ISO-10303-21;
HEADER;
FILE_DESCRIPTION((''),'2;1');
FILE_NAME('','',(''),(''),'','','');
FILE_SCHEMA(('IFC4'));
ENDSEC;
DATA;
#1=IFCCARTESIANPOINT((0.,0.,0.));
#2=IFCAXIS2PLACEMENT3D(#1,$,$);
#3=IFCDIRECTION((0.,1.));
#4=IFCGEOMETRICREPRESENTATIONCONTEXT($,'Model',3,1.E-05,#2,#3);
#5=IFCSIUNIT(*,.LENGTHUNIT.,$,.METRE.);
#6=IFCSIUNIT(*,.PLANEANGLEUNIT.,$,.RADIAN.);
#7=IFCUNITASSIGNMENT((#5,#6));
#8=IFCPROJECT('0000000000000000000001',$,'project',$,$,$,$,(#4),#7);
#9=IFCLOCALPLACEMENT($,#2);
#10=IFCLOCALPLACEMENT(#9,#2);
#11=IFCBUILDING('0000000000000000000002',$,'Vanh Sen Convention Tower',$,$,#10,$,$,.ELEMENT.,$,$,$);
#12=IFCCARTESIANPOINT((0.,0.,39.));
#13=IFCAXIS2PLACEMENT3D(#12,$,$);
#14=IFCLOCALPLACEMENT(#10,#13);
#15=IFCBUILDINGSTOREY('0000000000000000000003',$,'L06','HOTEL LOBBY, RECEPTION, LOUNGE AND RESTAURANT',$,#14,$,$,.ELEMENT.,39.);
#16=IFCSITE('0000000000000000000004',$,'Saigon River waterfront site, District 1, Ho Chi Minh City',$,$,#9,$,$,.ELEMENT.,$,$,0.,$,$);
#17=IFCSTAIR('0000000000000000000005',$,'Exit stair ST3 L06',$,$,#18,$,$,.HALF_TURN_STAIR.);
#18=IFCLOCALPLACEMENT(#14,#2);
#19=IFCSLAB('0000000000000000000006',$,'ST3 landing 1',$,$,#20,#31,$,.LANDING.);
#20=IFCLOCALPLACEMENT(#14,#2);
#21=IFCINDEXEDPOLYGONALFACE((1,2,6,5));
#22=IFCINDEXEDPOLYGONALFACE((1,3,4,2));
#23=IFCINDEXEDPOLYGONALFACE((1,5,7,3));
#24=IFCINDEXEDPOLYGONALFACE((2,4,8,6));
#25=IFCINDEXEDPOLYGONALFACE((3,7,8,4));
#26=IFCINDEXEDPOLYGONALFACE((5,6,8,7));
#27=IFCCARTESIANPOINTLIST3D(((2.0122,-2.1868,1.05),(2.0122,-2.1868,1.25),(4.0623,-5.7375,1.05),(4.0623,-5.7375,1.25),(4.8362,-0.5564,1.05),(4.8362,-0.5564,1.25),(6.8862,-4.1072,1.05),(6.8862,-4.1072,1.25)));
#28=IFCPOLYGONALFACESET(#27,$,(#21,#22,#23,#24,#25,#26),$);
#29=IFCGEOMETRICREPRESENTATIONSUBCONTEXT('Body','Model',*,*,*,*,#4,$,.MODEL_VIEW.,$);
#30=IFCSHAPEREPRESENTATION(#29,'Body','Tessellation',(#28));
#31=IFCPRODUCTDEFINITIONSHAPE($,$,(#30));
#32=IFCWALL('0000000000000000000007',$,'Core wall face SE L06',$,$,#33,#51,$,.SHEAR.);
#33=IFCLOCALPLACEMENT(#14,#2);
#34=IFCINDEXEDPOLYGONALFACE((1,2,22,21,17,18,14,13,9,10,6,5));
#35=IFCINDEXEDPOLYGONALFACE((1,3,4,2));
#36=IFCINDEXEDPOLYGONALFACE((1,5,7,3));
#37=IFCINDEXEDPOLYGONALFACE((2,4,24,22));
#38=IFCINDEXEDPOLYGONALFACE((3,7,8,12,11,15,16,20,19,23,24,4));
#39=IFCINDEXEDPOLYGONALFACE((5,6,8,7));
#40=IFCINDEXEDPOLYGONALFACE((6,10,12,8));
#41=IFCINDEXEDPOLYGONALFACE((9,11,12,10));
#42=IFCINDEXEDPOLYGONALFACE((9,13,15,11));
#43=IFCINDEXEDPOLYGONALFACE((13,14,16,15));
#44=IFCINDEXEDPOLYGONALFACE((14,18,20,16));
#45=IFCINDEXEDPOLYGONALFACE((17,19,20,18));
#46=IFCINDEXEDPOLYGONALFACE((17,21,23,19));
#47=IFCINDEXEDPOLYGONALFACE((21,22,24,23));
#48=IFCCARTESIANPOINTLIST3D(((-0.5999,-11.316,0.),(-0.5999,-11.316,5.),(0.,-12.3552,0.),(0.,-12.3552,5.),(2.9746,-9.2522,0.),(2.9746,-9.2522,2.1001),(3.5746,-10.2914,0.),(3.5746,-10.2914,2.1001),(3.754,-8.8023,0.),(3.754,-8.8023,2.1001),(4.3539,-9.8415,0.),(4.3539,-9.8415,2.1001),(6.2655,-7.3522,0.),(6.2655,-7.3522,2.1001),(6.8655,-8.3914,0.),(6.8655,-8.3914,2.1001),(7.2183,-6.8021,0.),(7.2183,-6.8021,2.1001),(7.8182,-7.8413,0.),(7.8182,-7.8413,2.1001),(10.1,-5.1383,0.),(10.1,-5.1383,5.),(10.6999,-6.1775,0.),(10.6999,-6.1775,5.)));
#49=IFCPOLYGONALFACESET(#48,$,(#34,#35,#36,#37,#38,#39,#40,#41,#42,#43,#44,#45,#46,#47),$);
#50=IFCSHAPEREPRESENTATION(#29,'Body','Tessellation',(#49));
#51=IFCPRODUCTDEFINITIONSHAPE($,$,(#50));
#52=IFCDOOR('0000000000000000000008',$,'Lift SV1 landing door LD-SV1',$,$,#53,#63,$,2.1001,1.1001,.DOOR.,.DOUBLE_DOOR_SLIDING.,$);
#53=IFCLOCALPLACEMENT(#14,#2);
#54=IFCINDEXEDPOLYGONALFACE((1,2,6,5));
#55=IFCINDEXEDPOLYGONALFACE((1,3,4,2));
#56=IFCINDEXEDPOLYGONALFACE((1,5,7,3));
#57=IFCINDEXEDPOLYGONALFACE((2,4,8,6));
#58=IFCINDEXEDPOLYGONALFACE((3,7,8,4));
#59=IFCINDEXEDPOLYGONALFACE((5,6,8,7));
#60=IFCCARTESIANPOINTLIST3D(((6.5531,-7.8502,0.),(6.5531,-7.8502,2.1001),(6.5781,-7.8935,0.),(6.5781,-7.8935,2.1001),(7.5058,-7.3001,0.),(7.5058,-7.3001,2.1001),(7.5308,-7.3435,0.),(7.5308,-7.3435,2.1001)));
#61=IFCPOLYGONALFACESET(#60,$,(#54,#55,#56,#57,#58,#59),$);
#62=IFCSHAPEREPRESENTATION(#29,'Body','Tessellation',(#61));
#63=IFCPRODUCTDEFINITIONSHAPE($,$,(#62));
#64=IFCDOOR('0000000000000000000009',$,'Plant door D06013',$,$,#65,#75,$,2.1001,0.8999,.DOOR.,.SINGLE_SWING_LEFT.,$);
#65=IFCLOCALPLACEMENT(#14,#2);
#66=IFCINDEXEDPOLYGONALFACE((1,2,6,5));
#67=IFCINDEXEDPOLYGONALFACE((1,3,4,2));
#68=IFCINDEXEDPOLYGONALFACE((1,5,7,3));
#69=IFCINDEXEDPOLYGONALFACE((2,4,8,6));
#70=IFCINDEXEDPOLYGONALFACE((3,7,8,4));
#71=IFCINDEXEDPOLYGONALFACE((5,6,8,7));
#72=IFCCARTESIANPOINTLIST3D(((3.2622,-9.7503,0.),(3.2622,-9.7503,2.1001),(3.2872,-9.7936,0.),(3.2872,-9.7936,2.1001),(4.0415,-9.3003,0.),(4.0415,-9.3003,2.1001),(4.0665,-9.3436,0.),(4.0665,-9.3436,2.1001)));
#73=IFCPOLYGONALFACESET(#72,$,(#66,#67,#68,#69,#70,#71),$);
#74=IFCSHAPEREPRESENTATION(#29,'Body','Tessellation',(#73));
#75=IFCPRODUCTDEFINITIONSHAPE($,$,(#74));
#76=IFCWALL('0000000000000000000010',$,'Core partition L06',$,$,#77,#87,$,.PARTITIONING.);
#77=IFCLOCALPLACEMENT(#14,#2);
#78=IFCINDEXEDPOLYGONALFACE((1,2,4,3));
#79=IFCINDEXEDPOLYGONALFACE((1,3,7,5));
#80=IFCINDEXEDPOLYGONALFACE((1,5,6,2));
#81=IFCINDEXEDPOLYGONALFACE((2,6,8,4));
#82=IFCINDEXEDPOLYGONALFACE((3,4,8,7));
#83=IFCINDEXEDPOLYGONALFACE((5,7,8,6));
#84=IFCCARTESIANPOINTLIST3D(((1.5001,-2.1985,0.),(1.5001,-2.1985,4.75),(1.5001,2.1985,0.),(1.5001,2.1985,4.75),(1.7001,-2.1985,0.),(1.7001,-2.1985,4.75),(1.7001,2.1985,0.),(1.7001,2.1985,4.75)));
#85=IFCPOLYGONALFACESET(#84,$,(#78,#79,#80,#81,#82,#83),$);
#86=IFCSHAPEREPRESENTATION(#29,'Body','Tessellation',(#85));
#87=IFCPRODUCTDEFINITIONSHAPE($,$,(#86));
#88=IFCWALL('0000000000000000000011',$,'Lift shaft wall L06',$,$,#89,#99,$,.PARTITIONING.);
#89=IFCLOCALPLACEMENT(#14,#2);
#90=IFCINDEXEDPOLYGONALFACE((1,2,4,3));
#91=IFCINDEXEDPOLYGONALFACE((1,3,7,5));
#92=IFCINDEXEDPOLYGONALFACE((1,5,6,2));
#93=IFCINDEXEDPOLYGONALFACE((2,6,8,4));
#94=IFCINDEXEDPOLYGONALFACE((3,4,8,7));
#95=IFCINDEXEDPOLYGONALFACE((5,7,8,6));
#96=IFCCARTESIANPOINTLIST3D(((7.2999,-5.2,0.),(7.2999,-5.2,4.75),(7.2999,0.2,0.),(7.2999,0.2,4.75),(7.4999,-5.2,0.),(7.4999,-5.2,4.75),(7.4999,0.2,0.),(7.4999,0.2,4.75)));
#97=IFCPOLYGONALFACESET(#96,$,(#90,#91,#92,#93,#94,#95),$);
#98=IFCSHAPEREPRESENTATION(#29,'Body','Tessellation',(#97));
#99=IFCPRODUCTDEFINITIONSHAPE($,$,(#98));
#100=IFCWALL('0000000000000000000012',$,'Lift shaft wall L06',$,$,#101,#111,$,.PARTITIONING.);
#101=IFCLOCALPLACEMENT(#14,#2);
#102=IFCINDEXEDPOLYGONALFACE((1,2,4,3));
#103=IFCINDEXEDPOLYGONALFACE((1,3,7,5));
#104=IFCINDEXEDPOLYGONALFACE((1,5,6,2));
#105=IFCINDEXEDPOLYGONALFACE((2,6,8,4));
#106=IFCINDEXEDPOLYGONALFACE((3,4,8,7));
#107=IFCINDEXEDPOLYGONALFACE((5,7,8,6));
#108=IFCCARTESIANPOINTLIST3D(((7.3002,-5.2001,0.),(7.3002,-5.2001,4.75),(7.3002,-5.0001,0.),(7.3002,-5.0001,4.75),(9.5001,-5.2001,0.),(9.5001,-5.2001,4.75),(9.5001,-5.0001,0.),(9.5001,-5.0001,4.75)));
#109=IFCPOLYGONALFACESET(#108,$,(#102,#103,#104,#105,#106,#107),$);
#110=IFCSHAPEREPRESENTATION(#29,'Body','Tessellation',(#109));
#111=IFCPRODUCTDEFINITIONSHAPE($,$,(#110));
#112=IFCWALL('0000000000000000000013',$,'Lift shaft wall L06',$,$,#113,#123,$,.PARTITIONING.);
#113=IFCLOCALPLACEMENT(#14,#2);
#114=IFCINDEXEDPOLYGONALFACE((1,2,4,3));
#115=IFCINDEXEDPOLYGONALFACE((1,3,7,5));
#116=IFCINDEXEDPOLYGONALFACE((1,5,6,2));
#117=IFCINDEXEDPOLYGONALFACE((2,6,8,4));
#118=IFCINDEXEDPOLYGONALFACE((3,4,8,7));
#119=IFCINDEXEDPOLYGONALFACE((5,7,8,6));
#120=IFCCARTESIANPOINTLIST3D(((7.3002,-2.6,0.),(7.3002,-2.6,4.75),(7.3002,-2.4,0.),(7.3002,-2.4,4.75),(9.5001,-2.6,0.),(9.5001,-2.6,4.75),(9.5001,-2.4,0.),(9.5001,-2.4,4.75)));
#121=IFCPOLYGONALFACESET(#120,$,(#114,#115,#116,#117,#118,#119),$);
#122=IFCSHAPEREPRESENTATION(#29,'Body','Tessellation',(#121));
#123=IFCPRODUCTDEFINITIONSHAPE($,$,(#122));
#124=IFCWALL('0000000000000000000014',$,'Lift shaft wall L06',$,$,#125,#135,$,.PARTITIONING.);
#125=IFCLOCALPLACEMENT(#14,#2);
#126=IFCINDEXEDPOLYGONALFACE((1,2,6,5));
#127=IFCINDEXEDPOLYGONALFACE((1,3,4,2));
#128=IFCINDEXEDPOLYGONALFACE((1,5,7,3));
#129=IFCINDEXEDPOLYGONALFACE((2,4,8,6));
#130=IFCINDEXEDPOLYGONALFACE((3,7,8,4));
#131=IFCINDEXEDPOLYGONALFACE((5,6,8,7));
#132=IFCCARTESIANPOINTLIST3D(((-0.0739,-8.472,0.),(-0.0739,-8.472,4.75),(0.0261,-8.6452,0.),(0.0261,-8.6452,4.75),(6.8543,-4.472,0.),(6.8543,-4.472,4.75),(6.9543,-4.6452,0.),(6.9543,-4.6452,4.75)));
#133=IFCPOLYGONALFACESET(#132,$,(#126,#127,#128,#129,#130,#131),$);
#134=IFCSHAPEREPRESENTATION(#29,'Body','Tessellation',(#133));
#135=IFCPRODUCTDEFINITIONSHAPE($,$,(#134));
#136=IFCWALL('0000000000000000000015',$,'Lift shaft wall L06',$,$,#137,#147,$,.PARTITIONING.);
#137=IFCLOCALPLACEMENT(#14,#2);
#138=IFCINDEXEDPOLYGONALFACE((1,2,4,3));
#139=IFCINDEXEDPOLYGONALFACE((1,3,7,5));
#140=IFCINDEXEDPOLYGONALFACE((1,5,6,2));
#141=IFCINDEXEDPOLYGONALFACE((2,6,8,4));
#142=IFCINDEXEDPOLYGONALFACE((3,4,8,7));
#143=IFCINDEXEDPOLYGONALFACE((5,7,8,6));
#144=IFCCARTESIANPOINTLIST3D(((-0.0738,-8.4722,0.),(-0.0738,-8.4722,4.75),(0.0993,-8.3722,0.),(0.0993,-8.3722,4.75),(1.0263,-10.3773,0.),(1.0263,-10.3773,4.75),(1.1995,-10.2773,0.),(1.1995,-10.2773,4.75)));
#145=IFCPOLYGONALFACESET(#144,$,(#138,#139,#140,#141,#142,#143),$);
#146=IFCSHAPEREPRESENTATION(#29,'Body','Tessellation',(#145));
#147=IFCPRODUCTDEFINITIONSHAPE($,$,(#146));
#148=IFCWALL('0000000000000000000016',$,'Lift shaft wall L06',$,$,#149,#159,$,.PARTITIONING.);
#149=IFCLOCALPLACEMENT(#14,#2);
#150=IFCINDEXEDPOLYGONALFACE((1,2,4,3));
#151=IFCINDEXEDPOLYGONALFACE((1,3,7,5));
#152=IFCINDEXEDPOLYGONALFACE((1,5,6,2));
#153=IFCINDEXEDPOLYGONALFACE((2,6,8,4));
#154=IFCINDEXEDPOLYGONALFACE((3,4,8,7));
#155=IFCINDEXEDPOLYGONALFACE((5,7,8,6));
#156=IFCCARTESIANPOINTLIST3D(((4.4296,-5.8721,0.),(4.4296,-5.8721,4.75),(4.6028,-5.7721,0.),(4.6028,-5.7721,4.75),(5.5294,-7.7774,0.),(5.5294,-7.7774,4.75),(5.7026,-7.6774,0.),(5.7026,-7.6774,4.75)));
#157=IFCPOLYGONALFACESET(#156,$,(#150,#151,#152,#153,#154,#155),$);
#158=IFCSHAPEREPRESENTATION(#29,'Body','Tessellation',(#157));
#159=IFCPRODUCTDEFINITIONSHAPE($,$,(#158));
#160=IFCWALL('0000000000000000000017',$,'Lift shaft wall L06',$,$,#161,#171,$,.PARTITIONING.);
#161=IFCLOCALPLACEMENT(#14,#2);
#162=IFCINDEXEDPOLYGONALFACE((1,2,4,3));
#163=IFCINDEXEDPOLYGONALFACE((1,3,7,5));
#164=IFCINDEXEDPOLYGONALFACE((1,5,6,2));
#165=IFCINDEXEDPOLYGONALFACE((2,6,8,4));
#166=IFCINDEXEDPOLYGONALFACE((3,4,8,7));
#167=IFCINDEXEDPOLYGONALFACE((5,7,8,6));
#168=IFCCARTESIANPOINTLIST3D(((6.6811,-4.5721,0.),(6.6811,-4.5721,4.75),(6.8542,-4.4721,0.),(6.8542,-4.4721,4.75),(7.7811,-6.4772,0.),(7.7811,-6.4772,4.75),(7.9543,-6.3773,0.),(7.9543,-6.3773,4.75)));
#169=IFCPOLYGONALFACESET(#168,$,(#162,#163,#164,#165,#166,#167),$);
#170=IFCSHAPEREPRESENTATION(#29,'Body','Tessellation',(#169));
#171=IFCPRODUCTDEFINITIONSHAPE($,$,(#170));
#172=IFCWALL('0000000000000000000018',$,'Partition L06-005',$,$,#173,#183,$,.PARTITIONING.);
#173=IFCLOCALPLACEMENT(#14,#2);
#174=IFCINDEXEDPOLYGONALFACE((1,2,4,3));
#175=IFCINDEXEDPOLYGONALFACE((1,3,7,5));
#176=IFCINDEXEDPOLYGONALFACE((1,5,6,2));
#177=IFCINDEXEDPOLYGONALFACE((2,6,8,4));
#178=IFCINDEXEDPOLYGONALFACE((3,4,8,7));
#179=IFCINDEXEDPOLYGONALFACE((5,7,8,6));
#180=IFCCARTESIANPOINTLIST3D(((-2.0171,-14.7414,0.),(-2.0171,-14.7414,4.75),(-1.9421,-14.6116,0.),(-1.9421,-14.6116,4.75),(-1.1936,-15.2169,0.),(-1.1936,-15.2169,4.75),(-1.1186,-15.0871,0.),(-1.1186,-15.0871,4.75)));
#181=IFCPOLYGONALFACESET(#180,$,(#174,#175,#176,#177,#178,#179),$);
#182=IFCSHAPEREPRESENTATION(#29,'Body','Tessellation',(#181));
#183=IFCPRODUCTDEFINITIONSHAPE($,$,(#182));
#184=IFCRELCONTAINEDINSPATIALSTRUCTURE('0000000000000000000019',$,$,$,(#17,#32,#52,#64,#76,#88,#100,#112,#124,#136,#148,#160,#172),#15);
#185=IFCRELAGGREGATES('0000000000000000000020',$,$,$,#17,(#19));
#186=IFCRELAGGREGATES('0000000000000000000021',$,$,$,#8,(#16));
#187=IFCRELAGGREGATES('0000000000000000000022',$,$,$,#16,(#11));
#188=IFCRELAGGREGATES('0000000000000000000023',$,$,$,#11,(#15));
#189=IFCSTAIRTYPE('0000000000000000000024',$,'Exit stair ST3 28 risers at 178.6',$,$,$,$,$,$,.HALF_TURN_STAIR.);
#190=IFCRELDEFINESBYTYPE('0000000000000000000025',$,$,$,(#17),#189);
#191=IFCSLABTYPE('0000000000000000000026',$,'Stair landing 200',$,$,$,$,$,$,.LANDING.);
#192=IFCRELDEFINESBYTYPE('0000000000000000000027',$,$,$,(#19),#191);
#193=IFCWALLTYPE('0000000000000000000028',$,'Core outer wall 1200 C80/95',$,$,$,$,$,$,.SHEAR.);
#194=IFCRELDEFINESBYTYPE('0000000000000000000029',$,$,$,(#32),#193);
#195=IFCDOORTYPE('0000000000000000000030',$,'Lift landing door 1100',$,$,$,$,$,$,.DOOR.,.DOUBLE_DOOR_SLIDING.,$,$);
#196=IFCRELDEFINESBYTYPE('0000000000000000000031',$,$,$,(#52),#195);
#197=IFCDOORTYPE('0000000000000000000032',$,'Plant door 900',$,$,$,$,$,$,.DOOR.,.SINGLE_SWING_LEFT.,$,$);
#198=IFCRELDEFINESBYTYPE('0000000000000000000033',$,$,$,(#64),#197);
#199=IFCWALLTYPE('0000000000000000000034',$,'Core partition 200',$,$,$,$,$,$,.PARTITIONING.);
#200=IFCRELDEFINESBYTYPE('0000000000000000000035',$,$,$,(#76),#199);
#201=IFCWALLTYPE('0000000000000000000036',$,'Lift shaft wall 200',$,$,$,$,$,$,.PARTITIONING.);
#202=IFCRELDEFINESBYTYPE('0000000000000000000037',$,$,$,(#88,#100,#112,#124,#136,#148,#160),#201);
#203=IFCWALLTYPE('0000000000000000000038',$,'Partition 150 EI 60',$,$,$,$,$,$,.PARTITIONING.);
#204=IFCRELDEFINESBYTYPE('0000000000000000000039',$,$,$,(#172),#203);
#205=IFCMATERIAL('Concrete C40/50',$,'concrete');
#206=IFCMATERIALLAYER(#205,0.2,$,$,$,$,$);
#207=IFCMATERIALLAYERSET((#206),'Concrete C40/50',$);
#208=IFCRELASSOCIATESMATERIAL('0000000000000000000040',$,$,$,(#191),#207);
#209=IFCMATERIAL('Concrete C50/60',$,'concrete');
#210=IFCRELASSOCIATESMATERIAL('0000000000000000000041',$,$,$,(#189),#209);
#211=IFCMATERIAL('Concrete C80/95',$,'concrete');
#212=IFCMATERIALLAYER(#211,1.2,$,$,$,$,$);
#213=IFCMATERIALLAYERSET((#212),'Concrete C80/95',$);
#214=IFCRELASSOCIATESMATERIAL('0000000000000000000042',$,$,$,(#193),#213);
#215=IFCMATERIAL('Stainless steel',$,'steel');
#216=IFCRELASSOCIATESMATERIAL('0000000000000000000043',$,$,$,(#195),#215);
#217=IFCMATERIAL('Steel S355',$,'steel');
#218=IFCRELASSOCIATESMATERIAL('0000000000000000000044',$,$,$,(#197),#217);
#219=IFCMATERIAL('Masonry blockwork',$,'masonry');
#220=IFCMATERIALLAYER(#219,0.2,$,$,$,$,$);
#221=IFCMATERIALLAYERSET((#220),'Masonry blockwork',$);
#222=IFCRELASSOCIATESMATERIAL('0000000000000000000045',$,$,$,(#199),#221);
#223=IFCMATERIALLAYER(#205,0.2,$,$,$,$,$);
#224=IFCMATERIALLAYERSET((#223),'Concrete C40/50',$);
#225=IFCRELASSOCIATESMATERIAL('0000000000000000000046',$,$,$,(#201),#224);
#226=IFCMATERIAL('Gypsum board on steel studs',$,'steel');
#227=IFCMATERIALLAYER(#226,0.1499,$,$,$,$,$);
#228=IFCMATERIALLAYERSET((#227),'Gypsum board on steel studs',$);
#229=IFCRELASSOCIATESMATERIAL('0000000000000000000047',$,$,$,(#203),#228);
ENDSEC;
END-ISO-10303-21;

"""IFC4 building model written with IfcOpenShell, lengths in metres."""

from ifc_helpers import new_model, si_unit, direction, frame, frame_2d, origin, place, context, subcontext, project, spatial, polyline, rectangle, outline, extrude, material, layer, layer_set, type_object, element, fill, aggregate, save


model = new_model("IFC4")

# Units and contexts
model_context = context("Model", 3, precision=1e-05, world=origin(), true_north=direction((0.0, 1.0)))
body_context = subcontext(model_context, "Body", "Model", "MODEL_VIEW")
ifc_project = project(units=[si_unit("LENGTHUNIT", "METRE"), si_unit("PLANEANGLEUNIT", "RADIAN")], contexts=[model_context])

# Site, building, storey
site_placement = place(None, origin())
site = spatial("IfcSite", under=ifc_project, at=site_placement, Name="Saigon River waterfront site, District 1, Ho Chi Minh City", CompositionType="ELEMENT", RefElevation=0.0)
building_placement = place(site_placement, origin())
building = spatial("IfcBuilding", under=site, at=building_placement, Name="Vanh Sen Convention Tower", CompositionType="ELEMENT")
storey_placement = place(building_placement, frame((0.0, 0.0, 39.0)))
storey = spatial("IfcBuildingStorey", under=building, at=storey_placement, Name="L06", Description="HOTEL LOBBY, RECEPTION, LOUNGE AND RESTAURANT", CompositionType="ELEMENT", Elevation=39.0)

# Shared definitions
ifc_material_1 = material(Name="Concrete C40/50", Category="concrete")

# Shared definitions
ifc_material_2 = material(Name="Concrete C50/60", Category="concrete")
ifc_layer_1 = layer(ifc_material_1, 0.2)
ifc_layer_set_1 = layer_set([ifc_layer_1], Name="Concrete C40/50")
slab_type_1 = type_object("IfcSlabType", Name="Stair landing 200", PredefinedType="LANDING", material=ifc_layer_set_1)

# Stair, slab
stair_type_1 = type_object("IfcStairType", Name="Exit stair ST3 28 risers at 178.6", PredefinedType="HALF_TURN_STAIR", material=ifc_material_2)
stair_1_placement = place(storey_placement, origin())
stair_1 = element("IfcStair", 1, at=stair_1_placement, inside=storey, type_object=stair_type_1, Name="Exit stair ST3 L06", PredefinedType="HALF_TURN_STAIR")
slab_1_placement = place(storey_placement, frame((0.0, 0.0, 1.05)))
slab_1 = element("IfcSlab", 2, at=slab_1_placement, type_object=slab_type_1, Name="ST3 landing 1", PredefinedType="LANDING", context=body_context, shape_type="SweptSolid", body=[
    extrude(outline(polyline([(4.0623, -5.7375), (6.8862, -4.1072), (4.8362, -0.5564), (2.0122, -2.1868), (4.0623, -5.7375)])), origin(), (0.0, 0.0, 1.0), 0.2),
])
aggregate(stair_1, [slab_1])

# Wall, openings, doors
ifc_material_3 = material(Name="Concrete C80/95", Category="concrete")
ifc_layer_2 = layer(ifc_material_3, 1.2)
ifc_layer_set_2 = layer_set([ifc_layer_2], Name="Concrete C80/95")
wall_type_1 = type_object("IfcWallType", Name="Core outer wall 1200 C80/95", PredefinedType="SHEAR", material=ifc_layer_set_2)
wall_1_placement = place(storey_placement, frame((-0.3, -11.8357, 0.0), z_axis=(0.0, 0.0, 1.0), x_axis=(0.866021, 0.500007, 0.0)))
wall_1 = element("IfcWall", 3, at=wall_1_placement, inside=storey, type_object=wall_type_1, Name="Core wall face SE L06", PredefinedType="SHEAR", context=body_context, shape_type="SweptSolid", body=[
    extrude(rectangle(XDim=12.3552, YDim=1.2, at=frame_2d((6.1777, 0.0))), origin(), (0.0, 0.0, 1.0), 5.0),
])
opening_1_placement = place(wall_1_placement, frame((4.1277, 0.0, 0.0)))
opening_1 = element("IfcOpeningElement", 4, at=opening_1_placement, cuts=wall_1, PredefinedType="OPENING", context=body_context, shape_type="SweptSolid", body=[
    extrude(rectangle(XDim=0.8999, YDim=2.1001, at=frame_2d((0.45, 1.05))), frame((0.0, 0.6099, 0.0), z_axis=(0.0, -1.0, 0.0), x_axis=(1.0, 0.0, 0.0)), (0.0, 0.0, 1.0), 1.22),
])
opening_2_placement = place(wall_1_placement, frame((7.9277, 0.0, 0.0)))
opening_2 = element("IfcOpeningElement", 5, at=opening_2_placement, cuts=wall_1, PredefinedType="OPENING", context=body_context, shape_type="SweptSolid", body=[
    extrude(rectangle(XDim=1.1001, YDim=2.1001, at=frame_2d((0.55, 1.05))), frame((0.0, 0.6099, 0.0), z_axis=(0.0, -1.0, 0.0), x_axis=(1.0, 0.0, 0.0)), (0.0, 0.0, 1.0), 1.22),
])
ifc_material_4 = material(Name="Stainless steel", Category="steel")
door_type_1 = type_object("IfcDoorType", Name="Lift landing door 1100", OperationType="DOUBLE_DOOR_SLIDING", PredefinedType="DOOR", material=ifc_material_4)
door_1_placement = place(opening_2_placement, origin())
door_1 = element("IfcDoor", 6, at=door_1_placement, inside=storey, type_object=door_type_1, Name="Lift SV1 landing door LD-SV1", OperationType="DOUBLE_DOOR_SLIDING", OverallHeight=2.1001, OverallWidth=1.1001, PredefinedType="DOOR", context=body_context, shape_type="SweptSolid", body=[
    extrude(rectangle(XDim=1.1001, YDim=2.1001, at=frame_2d((0.55, 1.05))), frame((0.0, 0.0249, 0.0), z_axis=(0.0, -1.0, 0.0), x_axis=(1.0, 0.0, 0.0)), (0.0, 0.0, 1.0), 0.05),
])
fill(opening_2, door_1)
ifc_material_5 = material(Name="Steel S355", Category="steel")
door_type_2 = type_object("IfcDoorType", Name="Plant door 900", OperationType="SINGLE_SWING_LEFT", PredefinedType="DOOR", material=ifc_material_5)
door_2_placement = place(opening_1_placement, origin())
door_2 = element("IfcDoor", 7, at=door_2_placement, inside=storey, type_object=door_type_2, Name="Plant door D06013", OperationType="SINGLE_SWING_LEFT", OverallHeight=2.1001, OverallWidth=0.8999, PredefinedType="DOOR", context=body_context, shape_type="SweptSolid", body=[
    extrude(rectangle(XDim=0.8999, YDim=2.1001, at=frame_2d((0.45, 1.05))), frame((0.0, 0.0249, 0.0), z_axis=(0.0, -1.0, 0.0), x_axis=(1.0, 0.0, 0.0)), (0.0, 0.0, 1.0), 0.05),
])
fill(opening_1, door_2)

# Walls
ifc_material_6 = material(Name="Masonry blockwork", Category="masonry")
ifc_layer_3 = layer(ifc_material_6, 0.2)
ifc_layer_set_3 = layer_set([ifc_layer_3], Name="Masonry blockwork")
wall_type_2 = type_object("IfcWallType", Name="Core partition 200", PredefinedType="PARTITIONING", material=ifc_layer_set_3)
wall_2_placement = place(storey_placement, frame((1.6001, -2.1985, 0.0), z_axis=(0.0, 0.0, 1.0), x_axis=(0.0, 1.0, 0.0)))
element("IfcWall", 8, at=wall_2_placement, inside=storey, type_object=wall_type_2, Name="Core partition L06", PredefinedType="PARTITIONING", context=body_context, shape_type="SweptSolid", body=[
    extrude(rectangle(XDim=4.397, YDim=0.2, at=frame_2d((2.1985, 0.0))), origin(), (0.0, 0.0, 1.0), 4.75),
])
ifc_layer_4 = layer(ifc_material_1, 0.2)
ifc_layer_set_4 = layer_set([ifc_layer_4], Name="Concrete C40/50")
wall_type_3 = type_object("IfcWallType", Name="Lift shaft wall 200", PredefinedType="PARTITIONING", material=ifc_layer_set_4)
wall_3_placement = place(storey_placement, frame((7.3999, -5.2, 0.0), z_axis=(0.0, 0.0, 1.0), x_axis=(0.0, 1.0, 0.0)))
element("IfcWall", 9, at=wall_3_placement, inside=storey, type_object=wall_type_3, Name="Lift shaft wall L06", PredefinedType="PARTITIONING", context=body_context, shape_type="SweptSolid", body=[
    extrude(rectangle(XDim=5.3999, YDim=0.2, at=frame_2d((2.7, 0.0))), origin(), (0.0, 0.0, 1.0), 4.75),
])
for number, where, z_axis, x_axis, name in (
    (10, (7.3, -5.1001, 0.0), (0.0, 0.0, 1.0), (1.0, 0.0, 0.0), "Lift shaft wall L06"),
    (11, (7.3, -2.5, 0.0), (0.0, 0.0, 1.0), (1.0, 0.0, 0.0), "Lift shaft wall L06"),
):
    element("IfcWall", number, at=place(storey_placement, frame(where, z_axis=z_axis, x_axis=x_axis)), inside=storey, type_object=wall_type_3, Name=name, PredefinedType="PARTITIONING", context=body_context, shape_type="SweptSolid", body=[
        extrude(rectangle(XDim=2.2, YDim=0.2, at=frame_2d((1.1001, 0.0))), origin(), (0.0, 0.0, 1.0), 4.75),
    ])
wall_4_placement = place(storey_placement, frame((-0.0239, -8.5586, 0.0), z_axis=(0.0, 0.0, 1.0), x_axis=(0.866026, 0.499999, 0.0)))
element("IfcWall", 12, at=wall_4_placement, inside=storey, type_object=wall_type_3, Name="Lift shaft wall L06", PredefinedType="PARTITIONING", context=body_context, shape_type="SweptSolid", body=[
    extrude(rectangle(XDim=8.0, YDim=0.2, at=frame_2d((4.0, 0.0))), origin(), (0.0, 0.0, 1.0), 4.75),
])
for number, where, z_axis, x_axis, name in (
    (13, (0.0127, -8.4221, 0.0), (0.0, 0.0, 1.0), (0.500078, -0.86598, 0.0), "Lift shaft wall L06"),
    (14, (4.5161, -5.822, 0.0), (0.0, 0.0, 1.0), (0.499947, -0.866056, 0.0), "Lift shaft wall L06"),
    (15, (6.7676, -4.522, 0.0), (0.0, 0.0, 1.0), (0.50003, -0.866008, 0.0), "Lift shaft wall L06"),
):
    element("IfcWall", number, at=place(storey_placement, frame(where, z_axis=z_axis, x_axis=x_axis)), inside=storey, type_object=wall_type_3, Name=name, PredefinedType="PARTITIONING", context=body_context, shape_type="SweptSolid", body=[
        extrude(rectangle(XDim=2.2, YDim=0.2, at=frame_2d((1.1001, 0.0))), origin(), (0.0, 0.0, 1.0), 4.75),
    ])
ifc_material_7 = material(Name="Gypsum board on steel studs", Category="steel")
ifc_layer_5 = layer(ifc_material_7, 0.1499)
ifc_layer_set_5 = layer_set([ifc_layer_5], Name="Gypsum board on steel studs")
wall_type_4 = type_object("IfcWallType", Name="Partition 150 EI 60", PredefinedType="PARTITIONING", material=ifc_layer_set_5)
wall_5_placement = place(storey_placement, frame((-1.156, -15.1521, 0.0), z_axis=(0.0, 0.0, 1.0), x_axis=(-0.865959, 0.500115, 0.0)))
element("IfcWall", 16, at=wall_5_placement, inside=storey, type_object=wall_type_4, Name="Partition L06-005", PredefinedType="PARTITIONING", context=body_context, shape_type="SweptSolid", body=[
    extrude(rectangle(XDim=0.9509, YDim=0.1499, at=frame_2d((0.4756, 0.0))), origin(), (0.0, 0.0, 1.0), 4.75),
])

save(model, "model.ifc")
